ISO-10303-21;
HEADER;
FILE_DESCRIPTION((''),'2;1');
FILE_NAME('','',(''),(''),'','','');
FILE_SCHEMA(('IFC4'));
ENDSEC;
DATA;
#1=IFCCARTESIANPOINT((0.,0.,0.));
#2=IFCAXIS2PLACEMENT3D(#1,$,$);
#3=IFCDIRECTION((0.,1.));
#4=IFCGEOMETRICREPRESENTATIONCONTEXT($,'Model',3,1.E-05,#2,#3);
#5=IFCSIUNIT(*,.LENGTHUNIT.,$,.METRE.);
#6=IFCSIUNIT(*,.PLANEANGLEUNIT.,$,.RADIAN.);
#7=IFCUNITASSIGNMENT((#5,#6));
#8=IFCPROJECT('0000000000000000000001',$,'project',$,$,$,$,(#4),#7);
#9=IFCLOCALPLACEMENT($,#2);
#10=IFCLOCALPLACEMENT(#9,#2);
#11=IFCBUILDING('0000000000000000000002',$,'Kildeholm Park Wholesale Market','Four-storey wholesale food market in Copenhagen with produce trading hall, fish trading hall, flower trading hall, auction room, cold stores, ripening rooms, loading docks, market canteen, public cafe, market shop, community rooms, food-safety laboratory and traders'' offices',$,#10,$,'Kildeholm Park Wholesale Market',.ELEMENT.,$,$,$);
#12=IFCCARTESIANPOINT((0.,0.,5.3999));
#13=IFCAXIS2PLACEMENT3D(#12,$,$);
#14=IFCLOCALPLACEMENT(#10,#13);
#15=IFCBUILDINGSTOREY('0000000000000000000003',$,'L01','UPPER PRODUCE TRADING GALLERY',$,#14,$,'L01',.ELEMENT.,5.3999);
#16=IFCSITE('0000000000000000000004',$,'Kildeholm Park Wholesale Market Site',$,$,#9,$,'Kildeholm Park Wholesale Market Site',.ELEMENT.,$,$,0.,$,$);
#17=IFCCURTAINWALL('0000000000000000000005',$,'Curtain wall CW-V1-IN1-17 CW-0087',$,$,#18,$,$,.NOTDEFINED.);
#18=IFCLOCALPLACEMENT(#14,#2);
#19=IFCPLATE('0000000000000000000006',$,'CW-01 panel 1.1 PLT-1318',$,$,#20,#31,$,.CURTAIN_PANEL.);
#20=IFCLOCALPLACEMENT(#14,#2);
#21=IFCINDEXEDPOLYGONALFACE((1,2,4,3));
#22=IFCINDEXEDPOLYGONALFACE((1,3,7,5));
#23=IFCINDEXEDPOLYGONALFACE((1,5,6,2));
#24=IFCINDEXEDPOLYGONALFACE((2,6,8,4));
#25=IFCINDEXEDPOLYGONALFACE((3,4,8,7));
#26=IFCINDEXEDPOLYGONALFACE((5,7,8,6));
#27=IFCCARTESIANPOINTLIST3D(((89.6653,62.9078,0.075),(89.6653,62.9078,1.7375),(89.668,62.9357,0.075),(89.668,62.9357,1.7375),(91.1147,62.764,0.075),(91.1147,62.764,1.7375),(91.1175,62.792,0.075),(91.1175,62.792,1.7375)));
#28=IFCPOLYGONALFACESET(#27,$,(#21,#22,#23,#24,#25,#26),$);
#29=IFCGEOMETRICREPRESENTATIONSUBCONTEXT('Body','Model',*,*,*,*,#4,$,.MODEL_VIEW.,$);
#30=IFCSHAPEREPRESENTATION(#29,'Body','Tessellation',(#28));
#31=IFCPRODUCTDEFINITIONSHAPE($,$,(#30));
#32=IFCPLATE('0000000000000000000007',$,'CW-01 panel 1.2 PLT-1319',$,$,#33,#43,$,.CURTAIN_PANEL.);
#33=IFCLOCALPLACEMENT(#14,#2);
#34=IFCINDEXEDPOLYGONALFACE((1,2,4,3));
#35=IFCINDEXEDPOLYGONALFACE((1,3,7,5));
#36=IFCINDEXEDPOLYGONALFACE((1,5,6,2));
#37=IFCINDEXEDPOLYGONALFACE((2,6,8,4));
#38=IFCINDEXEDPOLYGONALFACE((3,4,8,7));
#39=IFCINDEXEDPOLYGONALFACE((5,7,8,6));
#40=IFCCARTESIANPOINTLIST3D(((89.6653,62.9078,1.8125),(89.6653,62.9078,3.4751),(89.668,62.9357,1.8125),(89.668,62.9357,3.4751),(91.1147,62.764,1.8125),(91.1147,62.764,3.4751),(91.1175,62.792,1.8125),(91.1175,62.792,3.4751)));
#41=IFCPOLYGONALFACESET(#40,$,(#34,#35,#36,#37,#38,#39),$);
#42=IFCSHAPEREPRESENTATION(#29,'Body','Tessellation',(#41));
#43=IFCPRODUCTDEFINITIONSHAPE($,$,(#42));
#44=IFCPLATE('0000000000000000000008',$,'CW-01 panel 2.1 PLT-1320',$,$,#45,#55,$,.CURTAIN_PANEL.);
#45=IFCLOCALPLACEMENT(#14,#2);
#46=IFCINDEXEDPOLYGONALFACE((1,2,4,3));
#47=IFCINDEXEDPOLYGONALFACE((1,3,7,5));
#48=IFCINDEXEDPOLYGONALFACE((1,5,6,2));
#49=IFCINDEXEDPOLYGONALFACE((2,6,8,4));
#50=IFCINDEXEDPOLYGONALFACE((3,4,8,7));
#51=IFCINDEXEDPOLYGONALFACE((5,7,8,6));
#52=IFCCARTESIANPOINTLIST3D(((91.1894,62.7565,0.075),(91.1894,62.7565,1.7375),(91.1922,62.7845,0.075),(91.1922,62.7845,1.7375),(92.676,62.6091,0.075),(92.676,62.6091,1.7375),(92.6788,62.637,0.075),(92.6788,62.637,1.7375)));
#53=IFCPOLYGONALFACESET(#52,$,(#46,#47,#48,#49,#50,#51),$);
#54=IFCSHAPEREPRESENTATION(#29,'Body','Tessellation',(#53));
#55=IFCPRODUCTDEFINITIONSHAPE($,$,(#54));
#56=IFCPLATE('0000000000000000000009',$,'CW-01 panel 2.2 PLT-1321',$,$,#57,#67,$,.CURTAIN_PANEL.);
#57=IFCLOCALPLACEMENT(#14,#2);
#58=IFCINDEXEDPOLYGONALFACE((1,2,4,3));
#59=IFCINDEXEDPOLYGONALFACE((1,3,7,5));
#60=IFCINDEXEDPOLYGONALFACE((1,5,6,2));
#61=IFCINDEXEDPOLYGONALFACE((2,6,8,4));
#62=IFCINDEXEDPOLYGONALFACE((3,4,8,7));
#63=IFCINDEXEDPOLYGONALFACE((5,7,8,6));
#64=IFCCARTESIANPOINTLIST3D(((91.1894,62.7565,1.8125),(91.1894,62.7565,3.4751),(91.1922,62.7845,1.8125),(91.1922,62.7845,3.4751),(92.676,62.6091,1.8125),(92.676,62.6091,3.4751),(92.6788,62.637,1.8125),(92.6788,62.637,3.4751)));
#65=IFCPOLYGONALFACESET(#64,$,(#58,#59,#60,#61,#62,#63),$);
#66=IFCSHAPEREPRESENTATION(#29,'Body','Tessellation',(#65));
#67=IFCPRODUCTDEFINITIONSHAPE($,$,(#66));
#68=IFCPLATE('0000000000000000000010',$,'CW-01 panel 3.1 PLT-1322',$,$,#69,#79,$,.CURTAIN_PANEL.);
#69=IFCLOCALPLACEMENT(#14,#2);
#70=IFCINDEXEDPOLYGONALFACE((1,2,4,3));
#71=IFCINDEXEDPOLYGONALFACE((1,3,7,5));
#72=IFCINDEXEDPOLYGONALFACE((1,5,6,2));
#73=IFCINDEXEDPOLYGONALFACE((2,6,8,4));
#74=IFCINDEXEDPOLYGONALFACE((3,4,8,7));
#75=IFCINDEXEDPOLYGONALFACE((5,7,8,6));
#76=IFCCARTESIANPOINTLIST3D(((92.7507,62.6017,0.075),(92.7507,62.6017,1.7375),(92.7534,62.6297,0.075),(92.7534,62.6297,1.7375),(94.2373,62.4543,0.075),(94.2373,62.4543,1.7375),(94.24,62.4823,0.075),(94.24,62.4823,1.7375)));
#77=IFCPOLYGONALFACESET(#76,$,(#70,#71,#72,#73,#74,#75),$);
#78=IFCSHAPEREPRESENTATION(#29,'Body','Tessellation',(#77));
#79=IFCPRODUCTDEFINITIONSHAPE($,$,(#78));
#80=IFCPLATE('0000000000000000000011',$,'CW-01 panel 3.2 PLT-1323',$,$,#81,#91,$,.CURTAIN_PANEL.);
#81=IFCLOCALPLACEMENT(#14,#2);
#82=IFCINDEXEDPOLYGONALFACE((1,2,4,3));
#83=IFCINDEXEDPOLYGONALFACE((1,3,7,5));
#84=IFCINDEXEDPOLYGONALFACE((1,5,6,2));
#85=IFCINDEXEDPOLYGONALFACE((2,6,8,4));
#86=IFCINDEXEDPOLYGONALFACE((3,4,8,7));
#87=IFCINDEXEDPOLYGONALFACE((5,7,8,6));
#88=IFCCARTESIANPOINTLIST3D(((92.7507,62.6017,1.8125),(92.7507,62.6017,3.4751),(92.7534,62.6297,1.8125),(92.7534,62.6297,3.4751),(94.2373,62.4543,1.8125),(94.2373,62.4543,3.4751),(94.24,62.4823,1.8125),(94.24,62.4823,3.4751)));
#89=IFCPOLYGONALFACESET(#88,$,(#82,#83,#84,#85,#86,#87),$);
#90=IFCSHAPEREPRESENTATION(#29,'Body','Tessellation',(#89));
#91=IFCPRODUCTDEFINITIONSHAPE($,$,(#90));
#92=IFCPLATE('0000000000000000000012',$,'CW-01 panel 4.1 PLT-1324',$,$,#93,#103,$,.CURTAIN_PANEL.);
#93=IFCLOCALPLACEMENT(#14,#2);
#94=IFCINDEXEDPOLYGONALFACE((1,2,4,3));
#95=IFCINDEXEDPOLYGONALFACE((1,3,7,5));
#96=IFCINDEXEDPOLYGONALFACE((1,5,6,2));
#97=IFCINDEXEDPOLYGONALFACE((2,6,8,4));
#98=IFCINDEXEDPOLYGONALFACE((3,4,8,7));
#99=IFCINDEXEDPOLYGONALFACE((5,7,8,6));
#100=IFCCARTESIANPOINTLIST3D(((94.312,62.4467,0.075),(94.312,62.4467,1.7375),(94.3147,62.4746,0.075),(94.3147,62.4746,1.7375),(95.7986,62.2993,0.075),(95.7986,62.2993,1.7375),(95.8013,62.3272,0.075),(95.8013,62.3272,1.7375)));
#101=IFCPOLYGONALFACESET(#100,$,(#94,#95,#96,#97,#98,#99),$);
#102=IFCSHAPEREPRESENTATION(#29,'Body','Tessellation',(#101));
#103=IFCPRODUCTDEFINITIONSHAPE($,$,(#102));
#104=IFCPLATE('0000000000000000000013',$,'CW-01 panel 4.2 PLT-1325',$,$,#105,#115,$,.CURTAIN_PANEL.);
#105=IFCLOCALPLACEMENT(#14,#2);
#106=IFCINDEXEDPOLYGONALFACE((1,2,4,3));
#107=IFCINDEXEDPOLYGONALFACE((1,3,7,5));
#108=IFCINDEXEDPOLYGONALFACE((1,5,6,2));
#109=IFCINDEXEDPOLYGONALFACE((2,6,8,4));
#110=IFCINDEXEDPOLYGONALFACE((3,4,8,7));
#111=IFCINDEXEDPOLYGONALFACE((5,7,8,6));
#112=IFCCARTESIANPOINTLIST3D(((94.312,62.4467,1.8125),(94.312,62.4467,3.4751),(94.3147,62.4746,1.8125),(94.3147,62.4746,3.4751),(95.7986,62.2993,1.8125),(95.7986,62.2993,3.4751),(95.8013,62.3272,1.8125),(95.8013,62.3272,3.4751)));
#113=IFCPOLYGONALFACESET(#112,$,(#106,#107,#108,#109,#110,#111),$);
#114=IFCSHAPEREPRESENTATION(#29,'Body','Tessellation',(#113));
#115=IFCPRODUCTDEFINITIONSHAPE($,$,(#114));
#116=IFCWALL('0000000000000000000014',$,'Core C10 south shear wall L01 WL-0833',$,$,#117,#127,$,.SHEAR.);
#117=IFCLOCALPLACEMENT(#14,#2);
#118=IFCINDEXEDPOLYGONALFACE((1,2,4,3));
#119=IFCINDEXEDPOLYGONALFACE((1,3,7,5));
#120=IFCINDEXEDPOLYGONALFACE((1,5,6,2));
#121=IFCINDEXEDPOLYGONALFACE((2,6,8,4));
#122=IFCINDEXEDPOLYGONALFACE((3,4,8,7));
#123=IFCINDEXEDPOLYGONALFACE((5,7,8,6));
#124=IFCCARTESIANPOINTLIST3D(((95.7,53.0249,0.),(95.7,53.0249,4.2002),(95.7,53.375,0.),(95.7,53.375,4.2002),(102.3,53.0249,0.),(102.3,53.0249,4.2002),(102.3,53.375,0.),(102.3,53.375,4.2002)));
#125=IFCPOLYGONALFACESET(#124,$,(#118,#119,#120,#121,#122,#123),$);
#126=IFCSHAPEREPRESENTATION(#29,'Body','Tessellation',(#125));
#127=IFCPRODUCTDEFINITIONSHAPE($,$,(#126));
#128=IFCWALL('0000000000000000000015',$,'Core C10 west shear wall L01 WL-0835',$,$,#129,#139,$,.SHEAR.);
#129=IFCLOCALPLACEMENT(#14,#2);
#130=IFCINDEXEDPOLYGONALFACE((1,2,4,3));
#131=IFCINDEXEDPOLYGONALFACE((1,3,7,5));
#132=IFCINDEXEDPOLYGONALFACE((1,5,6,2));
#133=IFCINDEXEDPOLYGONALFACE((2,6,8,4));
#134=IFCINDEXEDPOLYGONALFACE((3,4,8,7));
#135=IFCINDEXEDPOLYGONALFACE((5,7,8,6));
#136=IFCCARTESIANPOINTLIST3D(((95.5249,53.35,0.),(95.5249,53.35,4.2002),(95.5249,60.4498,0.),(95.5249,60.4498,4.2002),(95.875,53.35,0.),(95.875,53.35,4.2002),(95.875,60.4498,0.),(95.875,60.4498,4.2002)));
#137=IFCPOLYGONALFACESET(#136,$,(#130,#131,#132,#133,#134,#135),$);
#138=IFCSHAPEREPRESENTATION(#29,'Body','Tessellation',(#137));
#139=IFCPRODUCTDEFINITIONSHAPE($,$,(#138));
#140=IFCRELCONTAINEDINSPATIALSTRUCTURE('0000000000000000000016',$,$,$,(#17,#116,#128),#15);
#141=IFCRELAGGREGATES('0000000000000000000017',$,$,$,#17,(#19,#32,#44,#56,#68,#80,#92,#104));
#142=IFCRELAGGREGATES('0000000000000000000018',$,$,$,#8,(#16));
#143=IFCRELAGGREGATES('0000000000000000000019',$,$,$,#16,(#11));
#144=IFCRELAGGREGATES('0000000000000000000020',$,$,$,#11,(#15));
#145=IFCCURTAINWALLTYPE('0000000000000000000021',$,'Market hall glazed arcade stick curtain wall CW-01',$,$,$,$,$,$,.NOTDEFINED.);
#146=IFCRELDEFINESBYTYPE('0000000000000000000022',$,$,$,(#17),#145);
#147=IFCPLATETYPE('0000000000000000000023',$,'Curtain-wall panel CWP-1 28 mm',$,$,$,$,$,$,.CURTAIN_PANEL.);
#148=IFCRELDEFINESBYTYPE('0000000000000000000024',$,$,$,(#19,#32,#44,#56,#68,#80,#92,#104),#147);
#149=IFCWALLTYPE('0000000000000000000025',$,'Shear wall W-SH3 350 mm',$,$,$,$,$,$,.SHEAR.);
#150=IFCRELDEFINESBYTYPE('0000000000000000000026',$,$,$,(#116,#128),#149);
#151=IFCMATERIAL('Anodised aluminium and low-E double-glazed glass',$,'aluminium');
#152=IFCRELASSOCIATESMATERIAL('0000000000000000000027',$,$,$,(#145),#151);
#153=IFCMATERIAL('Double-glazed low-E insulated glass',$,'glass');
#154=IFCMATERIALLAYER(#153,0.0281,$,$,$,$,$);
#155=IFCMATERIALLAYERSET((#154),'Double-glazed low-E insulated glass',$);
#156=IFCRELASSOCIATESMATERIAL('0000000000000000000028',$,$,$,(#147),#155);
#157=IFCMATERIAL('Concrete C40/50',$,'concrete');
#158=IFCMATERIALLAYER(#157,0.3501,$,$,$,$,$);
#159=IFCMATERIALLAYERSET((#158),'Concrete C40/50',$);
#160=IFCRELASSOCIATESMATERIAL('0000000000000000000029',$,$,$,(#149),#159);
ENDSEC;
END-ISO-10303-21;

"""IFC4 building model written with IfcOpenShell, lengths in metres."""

from ifc_helpers import new_model, si_unit, direction, frame, frame_2d, origin, origin_2d, place, context, subcontext, project, spatial, rectangle, extrude, material, layer, layer_set, type_object, element, aggregate, save


model = new_model("IFC4")

# Units and contexts
model_context = context("Model", 3, precision=1e-05, world=origin(), true_north=direction((0.0, 1.0)))
body_context = subcontext(model_context, "Body", "Model", "MODEL_VIEW")
ifc_project = project(units=[si_unit("LENGTHUNIT", "METRE"), si_unit("PLANEANGLEUNIT", "RADIAN")], contexts=[model_context])

# Site, building, storey
site_placement = place(None, origin())
site = spatial("IfcSite", under=ifc_project, at=site_placement, Name="Kildeholm Park Wholesale Market Site", LongName="Kildeholm Park Wholesale Market Site", CompositionType="ELEMENT", RefElevation=0.0)
building_placement = place(site_placement, origin())
building = spatial("IfcBuilding", under=site, at=building_placement, Name="Kildeholm Park Wholesale Market", Description="Four-storey wholesale food market in Copenhagen with produce trading hall, fish trading hall, flower trading hall, auction room, cold stores, ripening rooms, loading docks, market canteen, public cafe, market shop, community rooms, food-safety laboratory and traders' offices", LongName="Kildeholm Park Wholesale Market", CompositionType="ELEMENT")
storey_placement = place(building_placement, frame((0.0, 0.0, 5.3999)))
storey = spatial("IfcBuildingStorey", under=building, at=storey_placement, Name="L01", Description="UPPER PRODUCE TRADING GALLERY", LongName="L01", CompositionType="ELEMENT", Elevation=5.3999)

# Curtain wall
ifc_material_1 = material(Name="Anodised aluminium and low-E double-glazed glass", Category="aluminium")
curtain_wall_type = type_object("IfcCurtainWallType", Name="Market hall glazed arcade stick curtain wall CW-01", PredefinedType="NOTDEFINED", material=ifc_material_1)
curtain_wall_1_placement = place(storey_placement, origin())
curtain_wall_1 = element("IfcCurtainWall", 1, at=curtain_wall_1_placement, inside=storey, type_object=curtain_wall_type, Name="Curtain wall CW-V1-IN1-17 CW-0087", PredefinedType="NOTDEFINED")

# Plates
ifc_material_2 = material(Name="Double-glazed low-E insulated glass", Category="glass")
ifc_layer_1 = layer(ifc_material_2, 0.0281)
ifc_layer_set_1 = layer_set([ifc_layer_1], Name="Double-glazed low-E insulated glass")
plate_type = type_object("IfcPlateType", Name="Curtain-wall panel CWP-1 28 mm", PredefinedType="CURTAIN_PANEL", material=ifc_layer_set_1)
plate_1_placement = place(storey_placement, frame((90.3914, 62.8499, 0.075), z_axis=(0.0, 0.0, 1.0), x_axis=(0.995119, -0.098683, 0.0)))
plate_1 = element("IfcPlate", 2, at=plate_1_placement, type_object=plate_type, Name="CW-01 panel 1.1 PLT-1318", PredefinedType="CURTAIN_PANEL", context=body_context, shape_type="SweptSolid", body=[
    extrude(rectangle(XDim=1.4565, YDim=0.0281, at=origin_2d()), origin(), (0.0, 0.0, 1.0), 1.6626),
])
plate_2_placement = place(storey_placement, frame((90.3914, 62.8499, 1.8125), z_axis=(0.0, 0.0, 1.0), x_axis=(0.995119, -0.098683, 0.0)))
plate_2 = element("IfcPlate", 3, at=plate_2_placement, type_object=plate_type, Name="CW-01 panel 1.2 PLT-1319", PredefinedType="CURTAIN_PANEL", context=body_context, shape_type="SweptSolid", body=[
    extrude(rectangle(XDim=1.4565, YDim=0.0281, at=origin_2d()), origin(), (0.0, 0.0, 1.0), 1.6626),
])
plate_3_placement = place(storey_placement, frame((91.9341, 62.6968, 0.075), z_axis=(0.0, 0.0, 1.0), x_axis=(0.995119, -0.098683, 0.0)))
plate_3 = element("IfcPlate", 4, at=plate_3_placement, type_object=plate_type, Name="CW-01 panel 2.1 PLT-1320", PredefinedType="CURTAIN_PANEL", context=body_context, shape_type="SweptSolid", body=[
    extrude(rectangle(XDim=1.4939, YDim=0.0281, at=origin_2d()), origin(), (0.0, 0.0, 1.0), 1.6626),
])
plate_4_placement = place(storey_placement, frame((91.9341, 62.6968, 1.8125), z_axis=(0.0, 0.0, 1.0), x_axis=(0.995119, -0.098683, 0.0)))
plate_4 = element("IfcPlate", 5, at=plate_4_placement, type_object=plate_type, Name="CW-01 panel 2.2 PLT-1321", PredefinedType="CURTAIN_PANEL", context=body_context, shape_type="SweptSolid", body=[
    extrude(rectangle(XDim=1.4939, YDim=0.0281, at=origin_2d()), origin(), (0.0, 0.0, 1.0), 1.6626),
])
plate_5_placement = place(storey_placement, frame((93.4954, 62.542, 0.075), z_axis=(0.0, 0.0, 1.0), x_axis=(0.995119, -0.098683, 0.0)))
plate_5 = element("IfcPlate", 6, at=plate_5_placement, type_object=plate_type, Name="CW-01 panel 3.1 PLT-1322", PredefinedType="CURTAIN_PANEL", context=body_context, shape_type="SweptSolid", body=[
    extrude(rectangle(XDim=1.4939, YDim=0.0281, at=origin_2d()), origin(), (0.0, 0.0, 1.0), 1.6626),
])
plate_6_placement = place(storey_placement, frame((93.4954, 62.542, 1.8125), z_axis=(0.0, 0.0, 1.0), x_axis=(0.995119, -0.098683, 0.0)))
plate_6 = element("IfcPlate", 7, at=plate_6_placement, type_object=plate_type, Name="CW-01 panel 3.2 PLT-1323", PredefinedType="CURTAIN_PANEL", context=body_context, shape_type="SweptSolid", body=[
    extrude(rectangle(XDim=1.4939, YDim=0.0281, at=origin_2d()), origin(), (0.0, 0.0, 1.0), 1.6626),
])
plate_7_placement = place(storey_placement, frame((95.0566, 62.387, 0.075), z_axis=(0.0, 0.0, 1.0), x_axis=(0.995119, -0.098683, 0.0)))
plate_7 = element("IfcPlate", 8, at=plate_7_placement, type_object=plate_type, Name="CW-01 panel 4.1 PLT-1324", PredefinedType="CURTAIN_PANEL", context=body_context, shape_type="SweptSolid", body=[
    extrude(rectangle(XDim=1.4939, YDim=0.0281, at=origin_2d()), origin(), (0.0, 0.0, 1.0), 1.6626),
])
plate_8_placement = place(storey_placement, frame((95.0566, 62.387, 1.8125), z_axis=(0.0, 0.0, 1.0), x_axis=(0.995119, -0.098683, 0.0)))
plate_8 = element("IfcPlate", 9, at=plate_8_placement, type_object=plate_type, Name="CW-01 panel 4.2 PLT-1325", PredefinedType="CURTAIN_PANEL", context=body_context, shape_type="SweptSolid", body=[
    extrude(rectangle(XDim=1.4939, YDim=0.0281, at=origin_2d()), origin(), (0.0, 0.0, 1.0), 1.6626),
])
aggregate(curtain_wall_1, [plate_1, plate_2, plate_3, plate_4, plate_5, plate_6, plate_7, plate_8])

# Walls
ifc_material_3 = material(Name="Concrete C40/50", Category="concrete")
ifc_layer_2 = layer(ifc_material_3, 0.3501)
ifc_layer_set_2 = layer_set([ifc_layer_2], Name="Concrete C40/50")
wall_type = type_object("IfcWallType", Name="Shear wall W-SH3 350 mm", PredefinedType="SHEAR", material=ifc_layer_set_2)
wall_1_placement = place(storey_placement, frame((95.7, 53.2, 0.0), z_axis=(0.0, 0.0, 1.0), x_axis=(1.0, 0.0, 0.0)))
element("IfcWall", 10, at=wall_1_placement, inside=storey, type_object=wall_type, Name="Core C10 south shear wall L01 WL-0833", PredefinedType="SHEAR", context=body_context, shape_type="SweptSolid", body=[
    extrude(rectangle(XDim=6.6001, YDim=0.3501, at=frame_2d((3.3, 0.0))), origin(), (0.0, 0.0, 1.0), 4.2002),
])
wall_2_placement = place(storey_placement, frame((95.7, 53.3501, 0.0), z_axis=(0.0, 0.0, 1.0), x_axis=(0.0, 1.0, 0.0)))
element("IfcWall", 11, at=wall_2_placement, inside=storey, type_object=wall_type, Name="Core C10 west shear wall L01 WL-0835", PredefinedType="SHEAR", context=body_context, shape_type="SweptSolid", body=[
    extrude(rectangle(XDim=7.0999, YDim=0.3501, at=frame_2d((3.5498, 0.0))), origin(), (0.0, 0.0, 1.0), 4.2002),
])

save(model, "model.ifc")
